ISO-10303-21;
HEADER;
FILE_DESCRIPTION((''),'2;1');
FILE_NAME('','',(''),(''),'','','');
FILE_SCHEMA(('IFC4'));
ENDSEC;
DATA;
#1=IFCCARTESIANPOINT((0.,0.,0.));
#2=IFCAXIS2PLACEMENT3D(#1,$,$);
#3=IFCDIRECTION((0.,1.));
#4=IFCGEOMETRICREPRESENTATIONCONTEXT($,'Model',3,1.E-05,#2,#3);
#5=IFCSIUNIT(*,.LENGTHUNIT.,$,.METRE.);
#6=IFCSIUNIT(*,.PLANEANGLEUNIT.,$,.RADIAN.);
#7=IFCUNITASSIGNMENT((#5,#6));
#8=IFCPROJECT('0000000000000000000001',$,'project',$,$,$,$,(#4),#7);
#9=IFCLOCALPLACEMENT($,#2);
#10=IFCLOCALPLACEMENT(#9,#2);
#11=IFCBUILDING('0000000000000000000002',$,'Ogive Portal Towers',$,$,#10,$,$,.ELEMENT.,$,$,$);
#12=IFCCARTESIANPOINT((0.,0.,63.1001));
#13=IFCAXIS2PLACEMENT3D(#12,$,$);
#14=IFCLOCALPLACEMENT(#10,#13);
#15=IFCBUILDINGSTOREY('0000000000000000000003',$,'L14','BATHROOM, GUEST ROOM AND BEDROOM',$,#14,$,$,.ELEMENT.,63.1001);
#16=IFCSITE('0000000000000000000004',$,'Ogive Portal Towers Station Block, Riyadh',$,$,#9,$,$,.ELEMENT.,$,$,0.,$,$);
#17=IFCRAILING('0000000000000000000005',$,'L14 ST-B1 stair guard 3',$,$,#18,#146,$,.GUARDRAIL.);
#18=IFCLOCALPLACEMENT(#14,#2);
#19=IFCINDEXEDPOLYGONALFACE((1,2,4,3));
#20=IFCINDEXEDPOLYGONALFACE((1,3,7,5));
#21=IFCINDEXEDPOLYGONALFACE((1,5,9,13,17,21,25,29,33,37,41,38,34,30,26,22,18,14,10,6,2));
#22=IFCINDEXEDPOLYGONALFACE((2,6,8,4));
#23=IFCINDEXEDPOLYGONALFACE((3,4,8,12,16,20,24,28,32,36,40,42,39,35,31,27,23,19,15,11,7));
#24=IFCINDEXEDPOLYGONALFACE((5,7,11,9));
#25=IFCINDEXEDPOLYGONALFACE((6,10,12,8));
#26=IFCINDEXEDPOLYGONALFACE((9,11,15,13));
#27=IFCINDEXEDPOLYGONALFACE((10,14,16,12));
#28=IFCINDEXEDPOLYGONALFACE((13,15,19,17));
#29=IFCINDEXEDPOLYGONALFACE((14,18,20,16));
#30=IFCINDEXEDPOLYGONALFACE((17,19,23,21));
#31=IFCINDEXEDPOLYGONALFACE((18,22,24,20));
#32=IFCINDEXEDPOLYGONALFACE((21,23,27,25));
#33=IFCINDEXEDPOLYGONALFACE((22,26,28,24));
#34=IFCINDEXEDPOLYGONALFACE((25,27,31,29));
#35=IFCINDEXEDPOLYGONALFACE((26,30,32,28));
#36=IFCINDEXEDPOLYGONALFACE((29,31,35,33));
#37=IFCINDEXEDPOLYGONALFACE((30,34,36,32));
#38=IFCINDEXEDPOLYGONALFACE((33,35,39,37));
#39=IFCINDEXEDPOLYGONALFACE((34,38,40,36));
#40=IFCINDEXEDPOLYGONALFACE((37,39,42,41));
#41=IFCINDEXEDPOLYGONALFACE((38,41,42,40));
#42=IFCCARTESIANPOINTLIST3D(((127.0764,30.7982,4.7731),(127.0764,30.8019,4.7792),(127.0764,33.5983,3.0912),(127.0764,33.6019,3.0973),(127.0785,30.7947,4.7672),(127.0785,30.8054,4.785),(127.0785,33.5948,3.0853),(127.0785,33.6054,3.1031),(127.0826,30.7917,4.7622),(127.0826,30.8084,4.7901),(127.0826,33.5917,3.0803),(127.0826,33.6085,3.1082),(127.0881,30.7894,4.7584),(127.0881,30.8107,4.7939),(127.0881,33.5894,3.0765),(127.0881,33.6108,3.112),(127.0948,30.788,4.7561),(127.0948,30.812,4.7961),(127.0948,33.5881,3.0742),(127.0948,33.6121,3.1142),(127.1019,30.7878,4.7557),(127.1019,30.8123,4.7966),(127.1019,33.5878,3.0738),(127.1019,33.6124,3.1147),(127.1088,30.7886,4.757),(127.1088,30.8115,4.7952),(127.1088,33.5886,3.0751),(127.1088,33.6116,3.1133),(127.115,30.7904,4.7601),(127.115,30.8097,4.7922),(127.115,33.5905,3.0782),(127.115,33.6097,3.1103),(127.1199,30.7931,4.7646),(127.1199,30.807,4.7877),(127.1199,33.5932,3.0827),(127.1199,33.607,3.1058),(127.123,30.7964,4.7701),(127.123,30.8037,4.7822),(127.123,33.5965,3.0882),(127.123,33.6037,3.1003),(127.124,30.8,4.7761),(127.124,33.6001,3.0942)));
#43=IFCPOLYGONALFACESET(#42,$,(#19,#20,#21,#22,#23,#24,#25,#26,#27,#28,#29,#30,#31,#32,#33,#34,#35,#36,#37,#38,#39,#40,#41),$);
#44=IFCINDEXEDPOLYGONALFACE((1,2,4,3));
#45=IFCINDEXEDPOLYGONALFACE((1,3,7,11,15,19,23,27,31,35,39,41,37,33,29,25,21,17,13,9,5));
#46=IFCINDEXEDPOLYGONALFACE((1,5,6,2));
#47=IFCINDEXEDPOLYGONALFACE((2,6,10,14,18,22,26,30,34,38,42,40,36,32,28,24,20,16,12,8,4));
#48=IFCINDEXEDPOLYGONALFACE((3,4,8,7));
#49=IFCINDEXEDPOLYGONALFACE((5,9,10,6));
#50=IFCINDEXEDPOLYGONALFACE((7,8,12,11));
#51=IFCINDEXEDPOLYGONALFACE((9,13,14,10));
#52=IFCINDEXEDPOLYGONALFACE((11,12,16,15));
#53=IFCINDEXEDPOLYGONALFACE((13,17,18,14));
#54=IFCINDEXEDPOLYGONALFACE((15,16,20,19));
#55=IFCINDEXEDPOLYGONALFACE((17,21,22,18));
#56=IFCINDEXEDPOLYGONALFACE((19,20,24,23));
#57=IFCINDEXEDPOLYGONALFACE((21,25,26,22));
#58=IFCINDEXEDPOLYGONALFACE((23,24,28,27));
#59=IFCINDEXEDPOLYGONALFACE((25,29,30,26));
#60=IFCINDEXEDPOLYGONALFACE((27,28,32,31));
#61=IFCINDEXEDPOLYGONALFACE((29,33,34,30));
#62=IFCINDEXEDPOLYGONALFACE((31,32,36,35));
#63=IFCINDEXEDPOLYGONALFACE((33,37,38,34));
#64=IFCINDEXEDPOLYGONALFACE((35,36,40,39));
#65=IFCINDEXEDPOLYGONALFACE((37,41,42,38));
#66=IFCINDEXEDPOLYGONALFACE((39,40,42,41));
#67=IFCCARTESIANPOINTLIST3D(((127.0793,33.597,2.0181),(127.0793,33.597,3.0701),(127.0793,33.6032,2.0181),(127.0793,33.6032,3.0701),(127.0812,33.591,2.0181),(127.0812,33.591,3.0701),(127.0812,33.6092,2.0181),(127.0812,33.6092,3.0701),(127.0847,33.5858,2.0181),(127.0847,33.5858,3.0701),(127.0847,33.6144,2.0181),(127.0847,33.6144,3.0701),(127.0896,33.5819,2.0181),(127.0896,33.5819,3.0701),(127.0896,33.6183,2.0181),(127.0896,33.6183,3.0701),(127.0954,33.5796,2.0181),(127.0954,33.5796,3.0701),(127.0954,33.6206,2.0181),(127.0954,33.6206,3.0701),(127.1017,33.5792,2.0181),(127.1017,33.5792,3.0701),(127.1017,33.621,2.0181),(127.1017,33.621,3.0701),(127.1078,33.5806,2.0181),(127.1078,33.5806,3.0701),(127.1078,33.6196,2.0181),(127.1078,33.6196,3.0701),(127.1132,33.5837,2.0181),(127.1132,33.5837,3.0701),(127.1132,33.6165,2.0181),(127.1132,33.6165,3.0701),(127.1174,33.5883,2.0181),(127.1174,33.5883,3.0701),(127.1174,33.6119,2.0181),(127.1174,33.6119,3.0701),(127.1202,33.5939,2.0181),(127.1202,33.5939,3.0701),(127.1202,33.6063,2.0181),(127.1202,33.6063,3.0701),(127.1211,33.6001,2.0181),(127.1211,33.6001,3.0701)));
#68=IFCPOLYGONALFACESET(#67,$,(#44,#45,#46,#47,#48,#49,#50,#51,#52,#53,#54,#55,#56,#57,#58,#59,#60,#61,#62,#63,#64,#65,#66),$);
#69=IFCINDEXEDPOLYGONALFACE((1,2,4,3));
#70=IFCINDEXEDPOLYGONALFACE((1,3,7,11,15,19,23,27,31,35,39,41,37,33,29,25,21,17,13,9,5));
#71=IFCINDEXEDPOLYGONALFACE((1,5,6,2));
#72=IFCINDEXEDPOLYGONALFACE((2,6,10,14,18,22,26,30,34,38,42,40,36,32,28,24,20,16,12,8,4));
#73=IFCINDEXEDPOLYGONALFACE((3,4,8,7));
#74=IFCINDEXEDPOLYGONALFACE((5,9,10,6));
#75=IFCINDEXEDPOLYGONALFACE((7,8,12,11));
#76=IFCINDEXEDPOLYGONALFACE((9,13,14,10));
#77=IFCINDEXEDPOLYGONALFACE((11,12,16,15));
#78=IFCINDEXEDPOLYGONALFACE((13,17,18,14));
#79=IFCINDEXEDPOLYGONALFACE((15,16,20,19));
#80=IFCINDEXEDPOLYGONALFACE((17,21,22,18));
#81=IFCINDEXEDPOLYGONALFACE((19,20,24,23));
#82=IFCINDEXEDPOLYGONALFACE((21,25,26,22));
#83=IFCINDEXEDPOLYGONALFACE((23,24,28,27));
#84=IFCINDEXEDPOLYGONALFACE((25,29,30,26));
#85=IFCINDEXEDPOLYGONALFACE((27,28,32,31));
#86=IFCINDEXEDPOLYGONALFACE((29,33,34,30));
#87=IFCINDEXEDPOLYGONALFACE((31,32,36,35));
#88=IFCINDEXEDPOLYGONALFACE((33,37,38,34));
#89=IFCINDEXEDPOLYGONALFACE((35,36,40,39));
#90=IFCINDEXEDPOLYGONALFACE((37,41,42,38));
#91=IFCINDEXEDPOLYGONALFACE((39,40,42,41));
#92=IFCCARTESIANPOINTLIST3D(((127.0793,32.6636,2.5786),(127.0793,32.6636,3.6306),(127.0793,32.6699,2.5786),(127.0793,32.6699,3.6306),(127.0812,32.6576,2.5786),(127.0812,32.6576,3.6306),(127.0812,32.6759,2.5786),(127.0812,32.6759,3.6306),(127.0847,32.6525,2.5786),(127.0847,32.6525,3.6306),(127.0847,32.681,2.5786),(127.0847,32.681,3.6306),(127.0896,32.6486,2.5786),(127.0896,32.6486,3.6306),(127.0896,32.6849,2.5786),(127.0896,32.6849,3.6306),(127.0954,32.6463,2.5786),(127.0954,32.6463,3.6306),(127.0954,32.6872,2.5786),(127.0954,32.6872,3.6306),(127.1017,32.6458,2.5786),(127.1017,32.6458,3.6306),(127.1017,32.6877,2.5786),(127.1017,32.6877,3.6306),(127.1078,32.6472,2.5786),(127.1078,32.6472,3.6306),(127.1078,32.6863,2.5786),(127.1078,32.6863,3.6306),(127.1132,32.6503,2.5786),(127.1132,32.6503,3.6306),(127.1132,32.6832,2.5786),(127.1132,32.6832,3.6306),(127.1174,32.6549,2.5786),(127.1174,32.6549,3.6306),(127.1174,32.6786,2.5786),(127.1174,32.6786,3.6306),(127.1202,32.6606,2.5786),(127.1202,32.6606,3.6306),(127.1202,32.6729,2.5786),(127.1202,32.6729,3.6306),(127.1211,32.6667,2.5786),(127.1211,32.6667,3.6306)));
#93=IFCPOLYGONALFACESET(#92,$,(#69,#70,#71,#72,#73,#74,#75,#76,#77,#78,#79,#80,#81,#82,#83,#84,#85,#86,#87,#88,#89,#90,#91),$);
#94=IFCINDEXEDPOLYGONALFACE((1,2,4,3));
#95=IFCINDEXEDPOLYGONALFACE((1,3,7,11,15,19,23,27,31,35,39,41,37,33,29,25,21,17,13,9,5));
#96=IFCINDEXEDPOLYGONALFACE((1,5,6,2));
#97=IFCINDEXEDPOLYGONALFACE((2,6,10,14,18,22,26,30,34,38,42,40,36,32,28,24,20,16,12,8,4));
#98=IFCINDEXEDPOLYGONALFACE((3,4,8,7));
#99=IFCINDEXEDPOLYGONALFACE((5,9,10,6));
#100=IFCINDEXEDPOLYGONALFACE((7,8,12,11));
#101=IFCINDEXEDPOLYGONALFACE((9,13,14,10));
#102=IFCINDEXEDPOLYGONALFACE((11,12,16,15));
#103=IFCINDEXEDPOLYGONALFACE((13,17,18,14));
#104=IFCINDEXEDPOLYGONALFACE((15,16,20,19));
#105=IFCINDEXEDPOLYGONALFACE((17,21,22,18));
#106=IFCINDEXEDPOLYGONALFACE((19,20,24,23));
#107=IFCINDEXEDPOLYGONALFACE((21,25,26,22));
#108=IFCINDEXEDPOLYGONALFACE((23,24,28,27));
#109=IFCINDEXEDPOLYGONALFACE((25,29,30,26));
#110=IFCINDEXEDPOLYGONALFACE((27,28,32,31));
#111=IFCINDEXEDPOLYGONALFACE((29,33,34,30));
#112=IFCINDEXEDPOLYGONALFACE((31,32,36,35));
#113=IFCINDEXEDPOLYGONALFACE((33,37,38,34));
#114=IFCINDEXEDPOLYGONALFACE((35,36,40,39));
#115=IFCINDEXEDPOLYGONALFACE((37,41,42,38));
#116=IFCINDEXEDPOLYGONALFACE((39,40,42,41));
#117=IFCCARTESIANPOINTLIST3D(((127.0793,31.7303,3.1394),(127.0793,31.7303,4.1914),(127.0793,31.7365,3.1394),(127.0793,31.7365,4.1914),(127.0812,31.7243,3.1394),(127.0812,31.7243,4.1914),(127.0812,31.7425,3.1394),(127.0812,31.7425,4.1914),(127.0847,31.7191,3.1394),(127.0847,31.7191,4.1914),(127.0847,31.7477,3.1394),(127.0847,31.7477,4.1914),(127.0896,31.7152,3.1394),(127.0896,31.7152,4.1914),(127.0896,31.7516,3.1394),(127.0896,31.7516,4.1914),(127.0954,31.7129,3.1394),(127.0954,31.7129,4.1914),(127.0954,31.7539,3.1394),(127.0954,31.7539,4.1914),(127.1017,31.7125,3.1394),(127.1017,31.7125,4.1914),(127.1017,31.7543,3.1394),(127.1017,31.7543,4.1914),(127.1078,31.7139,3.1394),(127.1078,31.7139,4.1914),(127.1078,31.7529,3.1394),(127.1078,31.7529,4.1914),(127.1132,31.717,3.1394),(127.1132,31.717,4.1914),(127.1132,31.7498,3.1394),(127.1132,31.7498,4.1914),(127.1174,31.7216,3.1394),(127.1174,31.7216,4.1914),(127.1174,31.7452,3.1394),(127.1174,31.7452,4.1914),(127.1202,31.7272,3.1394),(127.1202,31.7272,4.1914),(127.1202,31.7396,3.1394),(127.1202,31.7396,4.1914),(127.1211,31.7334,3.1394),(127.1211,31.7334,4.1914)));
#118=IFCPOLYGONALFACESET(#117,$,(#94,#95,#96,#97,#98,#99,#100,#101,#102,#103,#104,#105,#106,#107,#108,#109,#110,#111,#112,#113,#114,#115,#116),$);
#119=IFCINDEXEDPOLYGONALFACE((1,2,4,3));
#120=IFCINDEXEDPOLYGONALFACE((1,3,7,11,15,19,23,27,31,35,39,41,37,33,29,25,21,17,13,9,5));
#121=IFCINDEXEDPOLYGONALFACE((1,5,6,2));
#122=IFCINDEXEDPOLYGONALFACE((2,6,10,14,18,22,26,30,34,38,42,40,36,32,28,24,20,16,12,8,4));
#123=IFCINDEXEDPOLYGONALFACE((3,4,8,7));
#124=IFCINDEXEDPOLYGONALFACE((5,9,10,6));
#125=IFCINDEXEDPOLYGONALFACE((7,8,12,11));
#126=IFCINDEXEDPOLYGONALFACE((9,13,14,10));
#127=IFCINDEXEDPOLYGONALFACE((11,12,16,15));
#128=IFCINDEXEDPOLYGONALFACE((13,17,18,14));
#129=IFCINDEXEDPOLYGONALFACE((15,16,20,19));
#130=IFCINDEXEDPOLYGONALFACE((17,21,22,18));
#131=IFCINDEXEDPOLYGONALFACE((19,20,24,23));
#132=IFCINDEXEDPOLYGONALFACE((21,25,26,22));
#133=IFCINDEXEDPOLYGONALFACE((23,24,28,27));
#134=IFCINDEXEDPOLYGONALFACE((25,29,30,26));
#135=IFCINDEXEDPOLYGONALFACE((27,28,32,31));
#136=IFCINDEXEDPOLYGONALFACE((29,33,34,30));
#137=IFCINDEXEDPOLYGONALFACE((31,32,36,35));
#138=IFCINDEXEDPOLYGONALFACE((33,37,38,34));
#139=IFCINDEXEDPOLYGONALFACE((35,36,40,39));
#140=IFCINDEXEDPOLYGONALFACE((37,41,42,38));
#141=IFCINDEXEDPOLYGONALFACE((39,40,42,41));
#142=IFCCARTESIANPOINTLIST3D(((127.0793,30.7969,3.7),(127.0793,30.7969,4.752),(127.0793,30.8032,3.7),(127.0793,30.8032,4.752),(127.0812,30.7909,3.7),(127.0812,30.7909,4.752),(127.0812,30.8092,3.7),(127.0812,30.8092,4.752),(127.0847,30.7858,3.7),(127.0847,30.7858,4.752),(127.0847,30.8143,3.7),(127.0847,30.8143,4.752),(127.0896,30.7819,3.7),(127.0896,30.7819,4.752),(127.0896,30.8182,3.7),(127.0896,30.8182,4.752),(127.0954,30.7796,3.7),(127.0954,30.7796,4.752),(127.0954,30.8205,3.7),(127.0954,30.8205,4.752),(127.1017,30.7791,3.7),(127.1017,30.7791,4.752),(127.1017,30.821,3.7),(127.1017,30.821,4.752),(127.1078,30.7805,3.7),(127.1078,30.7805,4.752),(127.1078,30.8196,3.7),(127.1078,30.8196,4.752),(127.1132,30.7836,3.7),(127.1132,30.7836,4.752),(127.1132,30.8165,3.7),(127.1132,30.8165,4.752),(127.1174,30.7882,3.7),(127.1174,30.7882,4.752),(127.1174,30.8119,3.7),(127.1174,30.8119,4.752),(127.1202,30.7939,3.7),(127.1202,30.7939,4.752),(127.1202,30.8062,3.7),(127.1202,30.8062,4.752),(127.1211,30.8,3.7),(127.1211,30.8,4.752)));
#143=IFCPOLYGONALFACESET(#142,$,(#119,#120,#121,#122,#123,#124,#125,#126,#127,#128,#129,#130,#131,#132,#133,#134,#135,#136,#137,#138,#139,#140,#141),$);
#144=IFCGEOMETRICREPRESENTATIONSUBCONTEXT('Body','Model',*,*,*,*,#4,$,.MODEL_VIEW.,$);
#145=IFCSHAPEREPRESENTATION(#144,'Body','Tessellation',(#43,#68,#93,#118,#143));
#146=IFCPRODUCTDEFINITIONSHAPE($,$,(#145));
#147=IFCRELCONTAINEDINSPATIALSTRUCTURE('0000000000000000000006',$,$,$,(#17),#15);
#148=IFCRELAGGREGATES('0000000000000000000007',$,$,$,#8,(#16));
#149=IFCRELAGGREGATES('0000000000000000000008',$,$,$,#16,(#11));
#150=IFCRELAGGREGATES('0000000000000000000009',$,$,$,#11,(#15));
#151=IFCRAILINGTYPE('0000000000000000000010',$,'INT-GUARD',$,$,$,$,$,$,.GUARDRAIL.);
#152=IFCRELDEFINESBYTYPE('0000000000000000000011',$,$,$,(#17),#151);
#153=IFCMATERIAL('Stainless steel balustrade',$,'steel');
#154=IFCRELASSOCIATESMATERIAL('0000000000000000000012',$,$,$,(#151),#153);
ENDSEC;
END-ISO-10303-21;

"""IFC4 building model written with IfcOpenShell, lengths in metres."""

from ifc_helpers import new_model, si_unit, direction, frame, origin, origin_2d, place, context, subcontext, project, spatial, circle, extrude, material, type_object, element, save


model = new_model("IFC4")

# Units and contexts
model_context = context("Model", 3, precision=1e-05, world=origin(), true_north=direction((0.0, 1.0)))
body_context = subcontext(model_context, "Body", "Model", "MODEL_VIEW")
ifc_project = project(units=[si_unit("LENGTHUNIT", "METRE"), si_unit("PLANEANGLEUNIT", "RADIAN")], contexts=[model_context])

# Site, building, storey
site_placement = place(None, origin())
site = spatial("IfcSite", under=ifc_project, at=site_placement, Name="Ogive Portal Towers Station Block, Riyadh", CompositionType="ELEMENT", RefElevation=0.0)
building_placement = place(site_placement, origin())
building = spatial("IfcBuilding", under=site, at=building_placement, Name="Ogive Portal Towers", CompositionType="ELEMENT")
storey_placement = place(building_placement, frame((0.0, 0.0, 63.1001)))
storey = spatial("IfcBuildingStorey", under=building, at=storey_placement, Name="L14", Description="BATHROOM, GUEST ROOM AND BEDROOM", CompositionType="ELEMENT", Elevation=63.1001)

# Railing
ifc_material_1 = material(Name="Stainless steel balustrade", Category="steel")
railing_type_1 = type_object("IfcRailingType", Name="INT-GUARD", PredefinedType="GUARDRAIL", material=ifc_material_1)
railing_1_placement = place(storey_placement, frame((127.1001, 33.6001, 2.0181)))
element("IfcRailing", 1, at=railing_1_placement, inside=storey, type_object=railing_type_1, Name="L14 ST-B1 stair guard 3", PredefinedType="GUARDRAIL", context=body_context, shape_type="SweptSolid", body=[
    extrude(circle(Radius=0.0239, at=origin_2d()), frame((0.0, 0.0, 1.0762), z_axis=(0.0, -0.857242, 0.514913), x_axis=(1.0, 0.0, 0.0)), (0.0, 0.0, 1.0), 3.2664),
    extrude(circle(Radius=0.021, at=origin_2d()), origin(), (0.0, 0.0, 1.0), 1.052),
    extrude(circle(Radius=0.021, at=origin_2d()), frame((0.0, -0.9333, 0.5605)), (0.0, 0.0, 1.0), 1.052),
    extrude(circle(Radius=0.021, at=origin_2d()), frame((0.0, -1.8667, 1.1213)), (0.0, 0.0, 1.0), 1.052),
    extrude(circle(Radius=0.021, at=origin_2d()), frame((0.0, -2.8, 1.6819)), (0.0, 0.0, 1.0), 1.052),
])

save(model, "model.ifc")
